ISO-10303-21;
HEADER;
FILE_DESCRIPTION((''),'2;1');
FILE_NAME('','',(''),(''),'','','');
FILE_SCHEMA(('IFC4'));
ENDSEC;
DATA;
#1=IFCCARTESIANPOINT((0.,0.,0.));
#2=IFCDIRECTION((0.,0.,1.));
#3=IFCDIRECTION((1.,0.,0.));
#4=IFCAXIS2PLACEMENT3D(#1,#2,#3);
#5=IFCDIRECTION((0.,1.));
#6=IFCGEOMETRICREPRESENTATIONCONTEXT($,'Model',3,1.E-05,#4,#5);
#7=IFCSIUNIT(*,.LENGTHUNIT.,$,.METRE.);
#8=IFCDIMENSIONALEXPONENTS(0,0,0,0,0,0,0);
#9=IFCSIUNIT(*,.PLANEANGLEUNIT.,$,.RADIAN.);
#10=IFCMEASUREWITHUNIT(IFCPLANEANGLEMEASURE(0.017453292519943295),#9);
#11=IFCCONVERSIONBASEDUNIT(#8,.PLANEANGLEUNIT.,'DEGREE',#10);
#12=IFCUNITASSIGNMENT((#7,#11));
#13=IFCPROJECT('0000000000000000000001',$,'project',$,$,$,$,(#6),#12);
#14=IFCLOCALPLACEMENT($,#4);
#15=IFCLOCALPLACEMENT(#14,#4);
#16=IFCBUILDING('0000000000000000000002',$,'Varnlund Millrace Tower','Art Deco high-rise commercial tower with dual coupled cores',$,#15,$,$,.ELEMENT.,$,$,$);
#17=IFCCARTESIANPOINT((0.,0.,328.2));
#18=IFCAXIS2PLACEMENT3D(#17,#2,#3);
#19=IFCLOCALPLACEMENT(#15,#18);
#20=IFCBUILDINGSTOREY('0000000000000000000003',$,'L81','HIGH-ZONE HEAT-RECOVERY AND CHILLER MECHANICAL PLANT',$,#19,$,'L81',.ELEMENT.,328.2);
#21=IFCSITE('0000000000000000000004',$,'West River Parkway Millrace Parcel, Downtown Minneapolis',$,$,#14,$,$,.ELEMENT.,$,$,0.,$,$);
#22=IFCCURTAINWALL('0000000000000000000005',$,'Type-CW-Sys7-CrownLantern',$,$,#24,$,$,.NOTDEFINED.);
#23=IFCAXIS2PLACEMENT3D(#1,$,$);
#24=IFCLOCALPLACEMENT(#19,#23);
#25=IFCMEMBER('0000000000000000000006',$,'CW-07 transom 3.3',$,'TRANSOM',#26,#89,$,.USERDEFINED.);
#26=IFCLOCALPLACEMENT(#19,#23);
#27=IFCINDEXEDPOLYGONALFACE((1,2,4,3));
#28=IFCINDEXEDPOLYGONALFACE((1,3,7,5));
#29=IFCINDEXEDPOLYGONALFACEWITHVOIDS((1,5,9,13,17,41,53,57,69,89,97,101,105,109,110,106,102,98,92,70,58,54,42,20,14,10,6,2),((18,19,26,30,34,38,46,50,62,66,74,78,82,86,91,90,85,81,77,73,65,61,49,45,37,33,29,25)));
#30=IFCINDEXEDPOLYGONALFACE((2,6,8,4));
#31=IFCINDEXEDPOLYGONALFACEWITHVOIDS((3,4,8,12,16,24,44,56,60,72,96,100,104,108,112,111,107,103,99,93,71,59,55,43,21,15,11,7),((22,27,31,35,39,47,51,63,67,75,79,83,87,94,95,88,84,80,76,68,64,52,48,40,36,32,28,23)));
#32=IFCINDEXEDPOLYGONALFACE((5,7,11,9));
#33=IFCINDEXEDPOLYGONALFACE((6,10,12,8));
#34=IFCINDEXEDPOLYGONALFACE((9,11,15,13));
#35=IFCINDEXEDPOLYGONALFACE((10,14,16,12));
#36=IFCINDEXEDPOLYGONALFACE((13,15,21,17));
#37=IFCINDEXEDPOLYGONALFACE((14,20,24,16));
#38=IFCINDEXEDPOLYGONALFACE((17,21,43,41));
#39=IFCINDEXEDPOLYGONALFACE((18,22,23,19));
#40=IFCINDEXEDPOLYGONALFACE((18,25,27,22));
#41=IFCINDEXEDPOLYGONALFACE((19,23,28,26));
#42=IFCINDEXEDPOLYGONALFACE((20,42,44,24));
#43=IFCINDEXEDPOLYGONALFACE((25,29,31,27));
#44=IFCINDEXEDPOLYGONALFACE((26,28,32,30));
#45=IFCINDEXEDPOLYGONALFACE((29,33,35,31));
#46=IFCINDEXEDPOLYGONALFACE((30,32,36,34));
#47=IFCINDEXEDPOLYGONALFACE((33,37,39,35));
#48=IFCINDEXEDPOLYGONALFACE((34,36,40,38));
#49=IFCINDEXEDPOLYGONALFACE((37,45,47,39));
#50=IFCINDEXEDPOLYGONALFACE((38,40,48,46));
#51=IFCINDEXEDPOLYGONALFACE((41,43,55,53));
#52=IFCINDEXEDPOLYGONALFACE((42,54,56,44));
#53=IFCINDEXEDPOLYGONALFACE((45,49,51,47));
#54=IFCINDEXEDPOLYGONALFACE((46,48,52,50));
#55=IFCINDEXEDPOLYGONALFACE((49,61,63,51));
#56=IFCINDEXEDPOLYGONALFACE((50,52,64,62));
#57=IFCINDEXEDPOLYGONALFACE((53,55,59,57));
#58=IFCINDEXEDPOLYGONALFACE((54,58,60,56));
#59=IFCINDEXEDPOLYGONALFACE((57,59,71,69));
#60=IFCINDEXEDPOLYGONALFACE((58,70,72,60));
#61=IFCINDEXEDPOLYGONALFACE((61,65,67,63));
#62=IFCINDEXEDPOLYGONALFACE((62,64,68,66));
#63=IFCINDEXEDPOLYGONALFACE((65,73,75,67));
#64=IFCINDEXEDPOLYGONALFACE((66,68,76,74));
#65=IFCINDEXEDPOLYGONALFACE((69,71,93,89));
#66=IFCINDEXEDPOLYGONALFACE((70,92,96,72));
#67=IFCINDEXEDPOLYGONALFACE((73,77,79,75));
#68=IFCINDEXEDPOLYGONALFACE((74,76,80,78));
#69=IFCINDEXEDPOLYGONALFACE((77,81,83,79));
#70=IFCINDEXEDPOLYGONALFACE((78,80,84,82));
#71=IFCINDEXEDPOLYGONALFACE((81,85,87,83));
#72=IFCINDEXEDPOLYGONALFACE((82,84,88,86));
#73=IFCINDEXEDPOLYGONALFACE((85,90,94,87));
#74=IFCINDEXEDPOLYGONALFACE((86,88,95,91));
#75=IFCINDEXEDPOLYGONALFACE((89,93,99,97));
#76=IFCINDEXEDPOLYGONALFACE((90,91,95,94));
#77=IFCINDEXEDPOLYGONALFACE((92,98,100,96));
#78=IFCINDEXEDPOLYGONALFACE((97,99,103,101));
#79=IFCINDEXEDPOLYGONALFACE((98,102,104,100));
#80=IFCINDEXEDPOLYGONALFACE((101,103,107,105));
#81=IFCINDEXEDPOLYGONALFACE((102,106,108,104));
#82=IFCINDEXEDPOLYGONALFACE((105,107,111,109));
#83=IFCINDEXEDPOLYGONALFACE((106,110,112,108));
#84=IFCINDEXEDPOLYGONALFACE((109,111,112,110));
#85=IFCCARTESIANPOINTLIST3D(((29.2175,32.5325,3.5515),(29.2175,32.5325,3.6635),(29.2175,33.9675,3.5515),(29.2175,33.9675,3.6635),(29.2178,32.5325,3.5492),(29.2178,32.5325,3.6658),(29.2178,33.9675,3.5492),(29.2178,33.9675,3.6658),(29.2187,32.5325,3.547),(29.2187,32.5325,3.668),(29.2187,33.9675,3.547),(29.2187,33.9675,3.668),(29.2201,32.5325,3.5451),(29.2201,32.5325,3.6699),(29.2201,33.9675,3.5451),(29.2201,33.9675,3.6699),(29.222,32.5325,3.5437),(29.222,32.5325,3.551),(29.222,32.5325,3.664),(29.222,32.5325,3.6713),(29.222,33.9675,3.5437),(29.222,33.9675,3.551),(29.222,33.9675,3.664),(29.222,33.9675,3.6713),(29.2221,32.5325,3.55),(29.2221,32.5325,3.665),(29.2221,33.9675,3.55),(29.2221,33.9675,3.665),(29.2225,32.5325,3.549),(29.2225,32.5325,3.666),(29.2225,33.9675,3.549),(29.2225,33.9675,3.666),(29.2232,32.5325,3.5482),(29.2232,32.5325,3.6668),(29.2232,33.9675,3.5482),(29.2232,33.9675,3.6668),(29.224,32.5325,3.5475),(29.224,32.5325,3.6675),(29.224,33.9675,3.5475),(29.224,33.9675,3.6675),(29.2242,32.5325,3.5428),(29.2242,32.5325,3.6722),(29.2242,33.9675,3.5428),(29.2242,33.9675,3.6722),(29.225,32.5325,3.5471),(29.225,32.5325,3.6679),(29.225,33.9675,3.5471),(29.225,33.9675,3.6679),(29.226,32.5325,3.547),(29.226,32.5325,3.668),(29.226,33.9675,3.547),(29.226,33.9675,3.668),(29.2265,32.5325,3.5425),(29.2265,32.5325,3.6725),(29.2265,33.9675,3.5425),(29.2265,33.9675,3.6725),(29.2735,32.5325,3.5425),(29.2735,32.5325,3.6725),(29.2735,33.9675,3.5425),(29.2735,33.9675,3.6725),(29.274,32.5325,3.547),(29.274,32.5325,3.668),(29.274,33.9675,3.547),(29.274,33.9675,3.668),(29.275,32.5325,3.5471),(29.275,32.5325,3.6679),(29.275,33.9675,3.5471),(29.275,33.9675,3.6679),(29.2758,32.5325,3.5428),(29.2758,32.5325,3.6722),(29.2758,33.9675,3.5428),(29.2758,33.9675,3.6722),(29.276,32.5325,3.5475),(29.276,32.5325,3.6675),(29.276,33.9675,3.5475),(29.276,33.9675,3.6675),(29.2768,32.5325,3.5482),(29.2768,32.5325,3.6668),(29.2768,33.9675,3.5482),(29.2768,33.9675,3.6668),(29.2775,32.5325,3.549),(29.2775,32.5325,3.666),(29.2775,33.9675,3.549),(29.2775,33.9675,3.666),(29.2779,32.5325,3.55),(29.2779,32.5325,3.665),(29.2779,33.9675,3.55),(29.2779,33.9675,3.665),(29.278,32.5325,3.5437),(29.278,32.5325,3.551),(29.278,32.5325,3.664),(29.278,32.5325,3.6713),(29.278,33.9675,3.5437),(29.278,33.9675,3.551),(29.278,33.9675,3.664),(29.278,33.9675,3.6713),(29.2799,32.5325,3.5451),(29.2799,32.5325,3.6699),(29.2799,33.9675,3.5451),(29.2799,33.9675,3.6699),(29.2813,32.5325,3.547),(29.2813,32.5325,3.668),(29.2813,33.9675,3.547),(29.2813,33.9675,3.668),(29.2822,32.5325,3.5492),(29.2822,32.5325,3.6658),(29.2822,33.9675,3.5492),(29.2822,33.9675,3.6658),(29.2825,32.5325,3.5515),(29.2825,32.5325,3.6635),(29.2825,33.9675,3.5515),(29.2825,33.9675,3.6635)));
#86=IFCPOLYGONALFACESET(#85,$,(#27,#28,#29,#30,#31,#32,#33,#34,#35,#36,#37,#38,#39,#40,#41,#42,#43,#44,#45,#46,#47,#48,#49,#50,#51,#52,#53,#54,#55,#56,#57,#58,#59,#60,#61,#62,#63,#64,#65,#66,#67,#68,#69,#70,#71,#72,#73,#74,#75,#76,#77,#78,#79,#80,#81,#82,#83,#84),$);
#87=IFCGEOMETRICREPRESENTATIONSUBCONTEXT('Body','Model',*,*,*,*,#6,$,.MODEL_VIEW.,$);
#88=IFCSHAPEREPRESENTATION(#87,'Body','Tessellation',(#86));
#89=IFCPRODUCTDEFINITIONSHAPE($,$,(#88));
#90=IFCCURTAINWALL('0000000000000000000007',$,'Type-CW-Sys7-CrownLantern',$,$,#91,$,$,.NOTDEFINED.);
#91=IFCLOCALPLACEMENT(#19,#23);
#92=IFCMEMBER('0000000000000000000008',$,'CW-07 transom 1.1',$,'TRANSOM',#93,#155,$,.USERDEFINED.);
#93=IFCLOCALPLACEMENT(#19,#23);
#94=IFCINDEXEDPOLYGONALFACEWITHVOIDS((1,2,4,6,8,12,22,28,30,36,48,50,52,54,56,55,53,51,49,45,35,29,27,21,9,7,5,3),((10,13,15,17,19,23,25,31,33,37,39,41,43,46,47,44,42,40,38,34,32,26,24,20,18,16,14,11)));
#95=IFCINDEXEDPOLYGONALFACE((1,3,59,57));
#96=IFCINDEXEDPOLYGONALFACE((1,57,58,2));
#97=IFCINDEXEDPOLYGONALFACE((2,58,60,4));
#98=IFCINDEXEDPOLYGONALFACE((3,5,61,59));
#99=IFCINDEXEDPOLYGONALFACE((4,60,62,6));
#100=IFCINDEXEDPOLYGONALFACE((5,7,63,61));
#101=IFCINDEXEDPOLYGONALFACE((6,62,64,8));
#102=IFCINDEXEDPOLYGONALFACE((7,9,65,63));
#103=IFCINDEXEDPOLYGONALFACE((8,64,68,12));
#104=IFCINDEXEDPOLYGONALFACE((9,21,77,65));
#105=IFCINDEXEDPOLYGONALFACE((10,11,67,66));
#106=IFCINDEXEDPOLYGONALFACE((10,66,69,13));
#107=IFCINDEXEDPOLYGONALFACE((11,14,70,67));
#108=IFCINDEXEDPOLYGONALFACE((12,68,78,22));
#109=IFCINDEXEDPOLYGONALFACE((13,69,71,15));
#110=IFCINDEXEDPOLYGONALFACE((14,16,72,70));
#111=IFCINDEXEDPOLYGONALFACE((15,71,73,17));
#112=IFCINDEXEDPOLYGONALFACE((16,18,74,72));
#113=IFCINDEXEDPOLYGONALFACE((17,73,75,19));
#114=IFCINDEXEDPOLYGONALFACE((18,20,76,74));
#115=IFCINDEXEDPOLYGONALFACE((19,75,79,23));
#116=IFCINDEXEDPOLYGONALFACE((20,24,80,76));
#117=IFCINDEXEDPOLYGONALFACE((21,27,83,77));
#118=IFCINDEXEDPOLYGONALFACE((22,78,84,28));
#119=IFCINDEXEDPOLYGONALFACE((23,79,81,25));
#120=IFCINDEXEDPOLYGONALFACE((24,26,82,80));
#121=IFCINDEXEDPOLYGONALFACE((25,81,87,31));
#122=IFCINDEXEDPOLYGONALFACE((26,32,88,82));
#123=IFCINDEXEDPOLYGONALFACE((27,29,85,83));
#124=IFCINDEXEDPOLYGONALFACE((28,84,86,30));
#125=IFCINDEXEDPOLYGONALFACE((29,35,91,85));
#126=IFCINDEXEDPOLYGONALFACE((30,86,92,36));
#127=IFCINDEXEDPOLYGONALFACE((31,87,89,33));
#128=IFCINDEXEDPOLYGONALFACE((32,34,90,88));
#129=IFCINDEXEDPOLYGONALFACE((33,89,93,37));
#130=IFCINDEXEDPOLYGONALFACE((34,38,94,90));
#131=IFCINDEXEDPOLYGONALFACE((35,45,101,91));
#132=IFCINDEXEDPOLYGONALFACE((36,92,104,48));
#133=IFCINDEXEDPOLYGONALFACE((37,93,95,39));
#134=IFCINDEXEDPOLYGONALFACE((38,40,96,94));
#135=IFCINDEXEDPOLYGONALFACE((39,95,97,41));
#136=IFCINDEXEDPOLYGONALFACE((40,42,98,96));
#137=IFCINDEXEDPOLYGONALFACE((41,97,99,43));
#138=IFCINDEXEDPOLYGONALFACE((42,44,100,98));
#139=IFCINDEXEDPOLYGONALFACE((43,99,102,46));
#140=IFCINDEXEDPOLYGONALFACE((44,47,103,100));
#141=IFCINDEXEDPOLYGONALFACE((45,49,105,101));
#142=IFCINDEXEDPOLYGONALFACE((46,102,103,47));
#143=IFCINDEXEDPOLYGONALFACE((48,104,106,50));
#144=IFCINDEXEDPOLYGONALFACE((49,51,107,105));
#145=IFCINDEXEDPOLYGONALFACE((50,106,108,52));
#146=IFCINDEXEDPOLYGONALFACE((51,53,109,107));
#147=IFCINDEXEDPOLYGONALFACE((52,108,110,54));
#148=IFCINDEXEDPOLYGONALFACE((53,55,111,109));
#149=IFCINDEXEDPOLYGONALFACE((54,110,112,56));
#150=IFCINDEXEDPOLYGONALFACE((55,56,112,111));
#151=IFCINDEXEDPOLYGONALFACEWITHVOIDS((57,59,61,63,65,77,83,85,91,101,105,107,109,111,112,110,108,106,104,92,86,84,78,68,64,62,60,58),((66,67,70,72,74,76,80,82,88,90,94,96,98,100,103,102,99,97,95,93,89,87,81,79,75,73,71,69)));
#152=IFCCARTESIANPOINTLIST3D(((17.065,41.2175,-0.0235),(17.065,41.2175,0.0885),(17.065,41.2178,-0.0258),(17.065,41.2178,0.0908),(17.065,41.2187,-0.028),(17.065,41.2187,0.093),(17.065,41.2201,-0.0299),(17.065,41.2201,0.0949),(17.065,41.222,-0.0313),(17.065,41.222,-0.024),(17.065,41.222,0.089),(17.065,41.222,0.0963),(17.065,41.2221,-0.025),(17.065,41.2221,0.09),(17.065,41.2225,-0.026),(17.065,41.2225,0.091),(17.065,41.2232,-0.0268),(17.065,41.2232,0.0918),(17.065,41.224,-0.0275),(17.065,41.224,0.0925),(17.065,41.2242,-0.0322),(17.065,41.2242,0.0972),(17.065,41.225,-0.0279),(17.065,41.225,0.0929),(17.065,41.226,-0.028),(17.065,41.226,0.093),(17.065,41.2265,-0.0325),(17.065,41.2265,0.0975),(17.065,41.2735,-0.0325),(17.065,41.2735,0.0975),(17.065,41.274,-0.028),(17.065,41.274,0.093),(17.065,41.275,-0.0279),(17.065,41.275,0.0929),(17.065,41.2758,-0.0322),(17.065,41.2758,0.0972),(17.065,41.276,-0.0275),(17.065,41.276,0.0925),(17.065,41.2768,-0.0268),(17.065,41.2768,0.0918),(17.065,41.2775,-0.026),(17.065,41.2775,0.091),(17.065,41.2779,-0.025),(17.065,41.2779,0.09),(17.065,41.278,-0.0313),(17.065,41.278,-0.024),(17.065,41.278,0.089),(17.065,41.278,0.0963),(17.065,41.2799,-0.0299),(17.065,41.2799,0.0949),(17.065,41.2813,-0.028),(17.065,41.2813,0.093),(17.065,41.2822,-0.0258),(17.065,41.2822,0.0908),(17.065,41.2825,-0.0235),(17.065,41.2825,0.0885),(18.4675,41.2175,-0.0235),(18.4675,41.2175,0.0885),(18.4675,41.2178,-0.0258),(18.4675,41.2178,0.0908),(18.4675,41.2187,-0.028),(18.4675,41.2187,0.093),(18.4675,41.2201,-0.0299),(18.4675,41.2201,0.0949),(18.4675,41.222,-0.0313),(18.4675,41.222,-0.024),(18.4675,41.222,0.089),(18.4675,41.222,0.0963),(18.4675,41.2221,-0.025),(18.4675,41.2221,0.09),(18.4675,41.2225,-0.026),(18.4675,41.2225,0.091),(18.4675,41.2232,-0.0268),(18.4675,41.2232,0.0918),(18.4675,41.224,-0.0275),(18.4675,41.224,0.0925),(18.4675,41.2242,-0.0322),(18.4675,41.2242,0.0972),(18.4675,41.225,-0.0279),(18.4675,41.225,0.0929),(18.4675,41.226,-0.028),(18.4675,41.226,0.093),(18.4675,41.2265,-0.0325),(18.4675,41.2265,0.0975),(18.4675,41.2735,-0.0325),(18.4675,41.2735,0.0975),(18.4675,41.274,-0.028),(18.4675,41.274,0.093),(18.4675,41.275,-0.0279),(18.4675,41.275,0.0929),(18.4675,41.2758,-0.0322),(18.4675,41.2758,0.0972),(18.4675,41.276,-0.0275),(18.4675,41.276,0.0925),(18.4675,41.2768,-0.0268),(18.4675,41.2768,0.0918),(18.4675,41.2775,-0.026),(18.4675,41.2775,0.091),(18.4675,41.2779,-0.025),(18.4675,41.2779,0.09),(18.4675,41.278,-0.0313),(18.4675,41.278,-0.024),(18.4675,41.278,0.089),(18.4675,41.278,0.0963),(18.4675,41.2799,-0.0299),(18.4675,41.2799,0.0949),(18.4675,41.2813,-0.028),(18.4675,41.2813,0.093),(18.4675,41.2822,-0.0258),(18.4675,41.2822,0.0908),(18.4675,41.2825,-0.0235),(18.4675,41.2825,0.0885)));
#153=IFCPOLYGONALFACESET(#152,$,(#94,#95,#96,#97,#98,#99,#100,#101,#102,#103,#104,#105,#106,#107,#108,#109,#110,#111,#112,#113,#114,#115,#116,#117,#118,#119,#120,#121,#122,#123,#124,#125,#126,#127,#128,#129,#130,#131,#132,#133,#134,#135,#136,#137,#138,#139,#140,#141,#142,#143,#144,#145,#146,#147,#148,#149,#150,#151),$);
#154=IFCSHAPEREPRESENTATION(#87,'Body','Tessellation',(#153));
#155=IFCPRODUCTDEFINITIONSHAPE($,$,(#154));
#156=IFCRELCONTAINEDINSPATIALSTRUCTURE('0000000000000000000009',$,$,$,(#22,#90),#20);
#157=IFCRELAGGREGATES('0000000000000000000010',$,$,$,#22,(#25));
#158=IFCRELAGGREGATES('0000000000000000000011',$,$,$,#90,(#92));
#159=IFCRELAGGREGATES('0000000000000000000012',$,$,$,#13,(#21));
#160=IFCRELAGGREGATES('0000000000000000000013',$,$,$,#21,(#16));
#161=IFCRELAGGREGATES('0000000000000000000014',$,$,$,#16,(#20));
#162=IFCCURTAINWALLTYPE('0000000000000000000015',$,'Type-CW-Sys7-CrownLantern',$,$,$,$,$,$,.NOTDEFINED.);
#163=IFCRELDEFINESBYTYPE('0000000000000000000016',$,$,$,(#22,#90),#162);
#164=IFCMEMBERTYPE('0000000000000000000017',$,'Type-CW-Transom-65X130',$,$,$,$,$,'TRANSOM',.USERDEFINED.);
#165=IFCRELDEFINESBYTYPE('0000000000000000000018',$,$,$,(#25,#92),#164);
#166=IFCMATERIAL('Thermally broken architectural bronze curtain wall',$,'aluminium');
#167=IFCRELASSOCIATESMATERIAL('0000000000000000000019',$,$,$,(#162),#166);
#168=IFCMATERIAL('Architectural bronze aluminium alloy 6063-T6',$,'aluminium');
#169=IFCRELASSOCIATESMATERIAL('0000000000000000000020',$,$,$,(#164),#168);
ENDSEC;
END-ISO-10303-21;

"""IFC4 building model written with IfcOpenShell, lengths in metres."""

from ifc_helpers import new_model, entity, si_unit, converted_unit, direction, frame, origin_with_axes, origin_2d_with_axis, place, context, subcontext, project, spatial, hollow_rectangle, extrude, material, material_profile, profile_set, type_object, element, aggregate, save


model = new_model("IFC4")

# Units and contexts
model_context = context("Model", 3, precision=1e-05, world=origin_with_axes(), true_north=direction((0.0, 1.0)))
body_context = subcontext(model_context, "Body", "Model", "MODEL_VIEW")
ifc_project = project(units=[si_unit("LENGTHUNIT", "METRE"), converted_unit("PLANEANGLEUNIT", "DEGREE", entity("IfcPlaneAngleMeasure", 0.017453292519943295), si_unit("PLANEANGLEUNIT", "RADIAN"), dimensions=[0, 0, 0, 0, 0, 0, 0])], contexts=[model_context])

# Site, building, storey
site_placement = place(None, origin_with_axes())
site = spatial("IfcSite", under=ifc_project, at=site_placement, Name="West River Parkway Millrace Parcel, Downtown Minneapolis", CompositionType="ELEMENT", RefElevation=0.0)
building_placement = place(site_placement, origin_with_axes())
building = spatial("IfcBuilding", under=site, at=building_placement, Name="Varnlund Millrace Tower", Description="Art Deco high-rise commercial tower with dual coupled cores", CompositionType="ELEMENT")
storey_placement = place(building_placement, frame((0.0, 0.0, 328.2), z_axis=(0.0, 0.0, 1.0), x_axis=(1.0, 0.0, 0.0)))
storey = spatial("IfcBuildingStorey", under=building, at=storey_placement, Name="L81", Description="HIGH-ZONE HEAT-RECOVERY AND CHILLER MECHANICAL PLANT", LongName="L81", CompositionType="ELEMENT", Elevation=328.2)

# Curtain walls, members
ifc_material_1 = material(Name="Thermally broken architectural bronze curtain wall", Category="aluminium")
curtain_wall_type = type_object("IfcCurtainWallType", Name="Type-CW-Sys7-CrownLantern", PredefinedType="NOTDEFINED", material=ifc_material_1)
curtain_wall_1_placement = place(storey_placement, frame((29.25, 37.0, 0.0), z_axis=(0.0, 0.0, 1.0), x_axis=(1.0, 0.0, 0.0)))
curtain_wall_1 = element("IfcCurtainWall", 1, at=curtain_wall_1_placement, inside=storey, type_object=curtain_wall_type, Name="Type-CW-Sys7-CrownLantern", PredefinedType="NOTDEFINED")
ifc_material_2 = material(Name="Architectural bronze aluminium alloy 6063-T6", Category="aluminium")
ifc_material_profile_1 = material_profile(ifc_material_2, hollow_rectangle(XDim=0.065, YDim=0.13, WallThickness=0.0045, InnerFilletRadius=0.004, OuterFilletRadius=0.009, at=origin_2d_with_axis()), Name="Architectural bronze aluminium alloy 6063-T6")
ifc_profile_set_1 = profile_set([ifc_material_profile_1], Name="Architectural bronze aluminium alloy 6063-T6")
member_type = type_object("IfcMemberType", Name="Type-CW-Transom-65X130", ElementType="TRANSOM", PredefinedType="USERDEFINED", material=ifc_profile_set_1)
member_1_placement = place(storey_placement, frame((29.25, 33.9675, 3.6075), z_axis=(0.0, -1.0, 0.0), x_axis=(1.0, 0.0, 0.0)))
member_1 = element("IfcMember", 2, at=member_1_placement, type_object=member_type, Name="CW-07 transom 3.3", ObjectType="TRANSOM", PredefinedType="USERDEFINED", context=body_context, shape_type="SweptSolid", body=[
    extrude(hollow_rectangle(XDim=0.065, YDim=0.13, WallThickness=0.0045, InnerFilletRadius=0.004, OuterFilletRadius=0.009, at=origin_2d_with_axis()), origin_with_axes(), (0.0, 0.0, 1.0), 1.435),
])
curtain_wall_2_placement = place(storey_placement, frame((17.0, 41.25, 0.0), z_axis=(0.0, 0.0, 1.0), x_axis=(1.0, 0.0, 0.0)))
curtain_wall_2 = element("IfcCurtainWall", 3, at=curtain_wall_2_placement, inside=storey, type_object=curtain_wall_type, Name="Type-CW-Sys7-CrownLantern", PredefinedType="NOTDEFINED")
member_2_placement = place(storey_placement, frame((17.065, 41.25, 0.0325), z_axis=(1.0, 0.0, 0.0), x_axis=(0.0, 1.0, 0.0)))
member_2 = element("IfcMember", 4, at=member_2_placement, type_object=member_type, Name="CW-07 transom 1.1", ObjectType="TRANSOM", PredefinedType="USERDEFINED", context=body_context, shape_type="SweptSolid", body=[
    extrude(hollow_rectangle(XDim=0.065, YDim=0.13, WallThickness=0.0045, InnerFilletRadius=0.004, OuterFilletRadius=0.009, at=origin_2d_with_axis()), origin_with_axes(), (0.0, 0.0, 1.0), 1.4025),
])

aggregate(curtain_wall_1, [member_1])
aggregate(curtain_wall_2, [member_2])

save(model, "model.ifc")
